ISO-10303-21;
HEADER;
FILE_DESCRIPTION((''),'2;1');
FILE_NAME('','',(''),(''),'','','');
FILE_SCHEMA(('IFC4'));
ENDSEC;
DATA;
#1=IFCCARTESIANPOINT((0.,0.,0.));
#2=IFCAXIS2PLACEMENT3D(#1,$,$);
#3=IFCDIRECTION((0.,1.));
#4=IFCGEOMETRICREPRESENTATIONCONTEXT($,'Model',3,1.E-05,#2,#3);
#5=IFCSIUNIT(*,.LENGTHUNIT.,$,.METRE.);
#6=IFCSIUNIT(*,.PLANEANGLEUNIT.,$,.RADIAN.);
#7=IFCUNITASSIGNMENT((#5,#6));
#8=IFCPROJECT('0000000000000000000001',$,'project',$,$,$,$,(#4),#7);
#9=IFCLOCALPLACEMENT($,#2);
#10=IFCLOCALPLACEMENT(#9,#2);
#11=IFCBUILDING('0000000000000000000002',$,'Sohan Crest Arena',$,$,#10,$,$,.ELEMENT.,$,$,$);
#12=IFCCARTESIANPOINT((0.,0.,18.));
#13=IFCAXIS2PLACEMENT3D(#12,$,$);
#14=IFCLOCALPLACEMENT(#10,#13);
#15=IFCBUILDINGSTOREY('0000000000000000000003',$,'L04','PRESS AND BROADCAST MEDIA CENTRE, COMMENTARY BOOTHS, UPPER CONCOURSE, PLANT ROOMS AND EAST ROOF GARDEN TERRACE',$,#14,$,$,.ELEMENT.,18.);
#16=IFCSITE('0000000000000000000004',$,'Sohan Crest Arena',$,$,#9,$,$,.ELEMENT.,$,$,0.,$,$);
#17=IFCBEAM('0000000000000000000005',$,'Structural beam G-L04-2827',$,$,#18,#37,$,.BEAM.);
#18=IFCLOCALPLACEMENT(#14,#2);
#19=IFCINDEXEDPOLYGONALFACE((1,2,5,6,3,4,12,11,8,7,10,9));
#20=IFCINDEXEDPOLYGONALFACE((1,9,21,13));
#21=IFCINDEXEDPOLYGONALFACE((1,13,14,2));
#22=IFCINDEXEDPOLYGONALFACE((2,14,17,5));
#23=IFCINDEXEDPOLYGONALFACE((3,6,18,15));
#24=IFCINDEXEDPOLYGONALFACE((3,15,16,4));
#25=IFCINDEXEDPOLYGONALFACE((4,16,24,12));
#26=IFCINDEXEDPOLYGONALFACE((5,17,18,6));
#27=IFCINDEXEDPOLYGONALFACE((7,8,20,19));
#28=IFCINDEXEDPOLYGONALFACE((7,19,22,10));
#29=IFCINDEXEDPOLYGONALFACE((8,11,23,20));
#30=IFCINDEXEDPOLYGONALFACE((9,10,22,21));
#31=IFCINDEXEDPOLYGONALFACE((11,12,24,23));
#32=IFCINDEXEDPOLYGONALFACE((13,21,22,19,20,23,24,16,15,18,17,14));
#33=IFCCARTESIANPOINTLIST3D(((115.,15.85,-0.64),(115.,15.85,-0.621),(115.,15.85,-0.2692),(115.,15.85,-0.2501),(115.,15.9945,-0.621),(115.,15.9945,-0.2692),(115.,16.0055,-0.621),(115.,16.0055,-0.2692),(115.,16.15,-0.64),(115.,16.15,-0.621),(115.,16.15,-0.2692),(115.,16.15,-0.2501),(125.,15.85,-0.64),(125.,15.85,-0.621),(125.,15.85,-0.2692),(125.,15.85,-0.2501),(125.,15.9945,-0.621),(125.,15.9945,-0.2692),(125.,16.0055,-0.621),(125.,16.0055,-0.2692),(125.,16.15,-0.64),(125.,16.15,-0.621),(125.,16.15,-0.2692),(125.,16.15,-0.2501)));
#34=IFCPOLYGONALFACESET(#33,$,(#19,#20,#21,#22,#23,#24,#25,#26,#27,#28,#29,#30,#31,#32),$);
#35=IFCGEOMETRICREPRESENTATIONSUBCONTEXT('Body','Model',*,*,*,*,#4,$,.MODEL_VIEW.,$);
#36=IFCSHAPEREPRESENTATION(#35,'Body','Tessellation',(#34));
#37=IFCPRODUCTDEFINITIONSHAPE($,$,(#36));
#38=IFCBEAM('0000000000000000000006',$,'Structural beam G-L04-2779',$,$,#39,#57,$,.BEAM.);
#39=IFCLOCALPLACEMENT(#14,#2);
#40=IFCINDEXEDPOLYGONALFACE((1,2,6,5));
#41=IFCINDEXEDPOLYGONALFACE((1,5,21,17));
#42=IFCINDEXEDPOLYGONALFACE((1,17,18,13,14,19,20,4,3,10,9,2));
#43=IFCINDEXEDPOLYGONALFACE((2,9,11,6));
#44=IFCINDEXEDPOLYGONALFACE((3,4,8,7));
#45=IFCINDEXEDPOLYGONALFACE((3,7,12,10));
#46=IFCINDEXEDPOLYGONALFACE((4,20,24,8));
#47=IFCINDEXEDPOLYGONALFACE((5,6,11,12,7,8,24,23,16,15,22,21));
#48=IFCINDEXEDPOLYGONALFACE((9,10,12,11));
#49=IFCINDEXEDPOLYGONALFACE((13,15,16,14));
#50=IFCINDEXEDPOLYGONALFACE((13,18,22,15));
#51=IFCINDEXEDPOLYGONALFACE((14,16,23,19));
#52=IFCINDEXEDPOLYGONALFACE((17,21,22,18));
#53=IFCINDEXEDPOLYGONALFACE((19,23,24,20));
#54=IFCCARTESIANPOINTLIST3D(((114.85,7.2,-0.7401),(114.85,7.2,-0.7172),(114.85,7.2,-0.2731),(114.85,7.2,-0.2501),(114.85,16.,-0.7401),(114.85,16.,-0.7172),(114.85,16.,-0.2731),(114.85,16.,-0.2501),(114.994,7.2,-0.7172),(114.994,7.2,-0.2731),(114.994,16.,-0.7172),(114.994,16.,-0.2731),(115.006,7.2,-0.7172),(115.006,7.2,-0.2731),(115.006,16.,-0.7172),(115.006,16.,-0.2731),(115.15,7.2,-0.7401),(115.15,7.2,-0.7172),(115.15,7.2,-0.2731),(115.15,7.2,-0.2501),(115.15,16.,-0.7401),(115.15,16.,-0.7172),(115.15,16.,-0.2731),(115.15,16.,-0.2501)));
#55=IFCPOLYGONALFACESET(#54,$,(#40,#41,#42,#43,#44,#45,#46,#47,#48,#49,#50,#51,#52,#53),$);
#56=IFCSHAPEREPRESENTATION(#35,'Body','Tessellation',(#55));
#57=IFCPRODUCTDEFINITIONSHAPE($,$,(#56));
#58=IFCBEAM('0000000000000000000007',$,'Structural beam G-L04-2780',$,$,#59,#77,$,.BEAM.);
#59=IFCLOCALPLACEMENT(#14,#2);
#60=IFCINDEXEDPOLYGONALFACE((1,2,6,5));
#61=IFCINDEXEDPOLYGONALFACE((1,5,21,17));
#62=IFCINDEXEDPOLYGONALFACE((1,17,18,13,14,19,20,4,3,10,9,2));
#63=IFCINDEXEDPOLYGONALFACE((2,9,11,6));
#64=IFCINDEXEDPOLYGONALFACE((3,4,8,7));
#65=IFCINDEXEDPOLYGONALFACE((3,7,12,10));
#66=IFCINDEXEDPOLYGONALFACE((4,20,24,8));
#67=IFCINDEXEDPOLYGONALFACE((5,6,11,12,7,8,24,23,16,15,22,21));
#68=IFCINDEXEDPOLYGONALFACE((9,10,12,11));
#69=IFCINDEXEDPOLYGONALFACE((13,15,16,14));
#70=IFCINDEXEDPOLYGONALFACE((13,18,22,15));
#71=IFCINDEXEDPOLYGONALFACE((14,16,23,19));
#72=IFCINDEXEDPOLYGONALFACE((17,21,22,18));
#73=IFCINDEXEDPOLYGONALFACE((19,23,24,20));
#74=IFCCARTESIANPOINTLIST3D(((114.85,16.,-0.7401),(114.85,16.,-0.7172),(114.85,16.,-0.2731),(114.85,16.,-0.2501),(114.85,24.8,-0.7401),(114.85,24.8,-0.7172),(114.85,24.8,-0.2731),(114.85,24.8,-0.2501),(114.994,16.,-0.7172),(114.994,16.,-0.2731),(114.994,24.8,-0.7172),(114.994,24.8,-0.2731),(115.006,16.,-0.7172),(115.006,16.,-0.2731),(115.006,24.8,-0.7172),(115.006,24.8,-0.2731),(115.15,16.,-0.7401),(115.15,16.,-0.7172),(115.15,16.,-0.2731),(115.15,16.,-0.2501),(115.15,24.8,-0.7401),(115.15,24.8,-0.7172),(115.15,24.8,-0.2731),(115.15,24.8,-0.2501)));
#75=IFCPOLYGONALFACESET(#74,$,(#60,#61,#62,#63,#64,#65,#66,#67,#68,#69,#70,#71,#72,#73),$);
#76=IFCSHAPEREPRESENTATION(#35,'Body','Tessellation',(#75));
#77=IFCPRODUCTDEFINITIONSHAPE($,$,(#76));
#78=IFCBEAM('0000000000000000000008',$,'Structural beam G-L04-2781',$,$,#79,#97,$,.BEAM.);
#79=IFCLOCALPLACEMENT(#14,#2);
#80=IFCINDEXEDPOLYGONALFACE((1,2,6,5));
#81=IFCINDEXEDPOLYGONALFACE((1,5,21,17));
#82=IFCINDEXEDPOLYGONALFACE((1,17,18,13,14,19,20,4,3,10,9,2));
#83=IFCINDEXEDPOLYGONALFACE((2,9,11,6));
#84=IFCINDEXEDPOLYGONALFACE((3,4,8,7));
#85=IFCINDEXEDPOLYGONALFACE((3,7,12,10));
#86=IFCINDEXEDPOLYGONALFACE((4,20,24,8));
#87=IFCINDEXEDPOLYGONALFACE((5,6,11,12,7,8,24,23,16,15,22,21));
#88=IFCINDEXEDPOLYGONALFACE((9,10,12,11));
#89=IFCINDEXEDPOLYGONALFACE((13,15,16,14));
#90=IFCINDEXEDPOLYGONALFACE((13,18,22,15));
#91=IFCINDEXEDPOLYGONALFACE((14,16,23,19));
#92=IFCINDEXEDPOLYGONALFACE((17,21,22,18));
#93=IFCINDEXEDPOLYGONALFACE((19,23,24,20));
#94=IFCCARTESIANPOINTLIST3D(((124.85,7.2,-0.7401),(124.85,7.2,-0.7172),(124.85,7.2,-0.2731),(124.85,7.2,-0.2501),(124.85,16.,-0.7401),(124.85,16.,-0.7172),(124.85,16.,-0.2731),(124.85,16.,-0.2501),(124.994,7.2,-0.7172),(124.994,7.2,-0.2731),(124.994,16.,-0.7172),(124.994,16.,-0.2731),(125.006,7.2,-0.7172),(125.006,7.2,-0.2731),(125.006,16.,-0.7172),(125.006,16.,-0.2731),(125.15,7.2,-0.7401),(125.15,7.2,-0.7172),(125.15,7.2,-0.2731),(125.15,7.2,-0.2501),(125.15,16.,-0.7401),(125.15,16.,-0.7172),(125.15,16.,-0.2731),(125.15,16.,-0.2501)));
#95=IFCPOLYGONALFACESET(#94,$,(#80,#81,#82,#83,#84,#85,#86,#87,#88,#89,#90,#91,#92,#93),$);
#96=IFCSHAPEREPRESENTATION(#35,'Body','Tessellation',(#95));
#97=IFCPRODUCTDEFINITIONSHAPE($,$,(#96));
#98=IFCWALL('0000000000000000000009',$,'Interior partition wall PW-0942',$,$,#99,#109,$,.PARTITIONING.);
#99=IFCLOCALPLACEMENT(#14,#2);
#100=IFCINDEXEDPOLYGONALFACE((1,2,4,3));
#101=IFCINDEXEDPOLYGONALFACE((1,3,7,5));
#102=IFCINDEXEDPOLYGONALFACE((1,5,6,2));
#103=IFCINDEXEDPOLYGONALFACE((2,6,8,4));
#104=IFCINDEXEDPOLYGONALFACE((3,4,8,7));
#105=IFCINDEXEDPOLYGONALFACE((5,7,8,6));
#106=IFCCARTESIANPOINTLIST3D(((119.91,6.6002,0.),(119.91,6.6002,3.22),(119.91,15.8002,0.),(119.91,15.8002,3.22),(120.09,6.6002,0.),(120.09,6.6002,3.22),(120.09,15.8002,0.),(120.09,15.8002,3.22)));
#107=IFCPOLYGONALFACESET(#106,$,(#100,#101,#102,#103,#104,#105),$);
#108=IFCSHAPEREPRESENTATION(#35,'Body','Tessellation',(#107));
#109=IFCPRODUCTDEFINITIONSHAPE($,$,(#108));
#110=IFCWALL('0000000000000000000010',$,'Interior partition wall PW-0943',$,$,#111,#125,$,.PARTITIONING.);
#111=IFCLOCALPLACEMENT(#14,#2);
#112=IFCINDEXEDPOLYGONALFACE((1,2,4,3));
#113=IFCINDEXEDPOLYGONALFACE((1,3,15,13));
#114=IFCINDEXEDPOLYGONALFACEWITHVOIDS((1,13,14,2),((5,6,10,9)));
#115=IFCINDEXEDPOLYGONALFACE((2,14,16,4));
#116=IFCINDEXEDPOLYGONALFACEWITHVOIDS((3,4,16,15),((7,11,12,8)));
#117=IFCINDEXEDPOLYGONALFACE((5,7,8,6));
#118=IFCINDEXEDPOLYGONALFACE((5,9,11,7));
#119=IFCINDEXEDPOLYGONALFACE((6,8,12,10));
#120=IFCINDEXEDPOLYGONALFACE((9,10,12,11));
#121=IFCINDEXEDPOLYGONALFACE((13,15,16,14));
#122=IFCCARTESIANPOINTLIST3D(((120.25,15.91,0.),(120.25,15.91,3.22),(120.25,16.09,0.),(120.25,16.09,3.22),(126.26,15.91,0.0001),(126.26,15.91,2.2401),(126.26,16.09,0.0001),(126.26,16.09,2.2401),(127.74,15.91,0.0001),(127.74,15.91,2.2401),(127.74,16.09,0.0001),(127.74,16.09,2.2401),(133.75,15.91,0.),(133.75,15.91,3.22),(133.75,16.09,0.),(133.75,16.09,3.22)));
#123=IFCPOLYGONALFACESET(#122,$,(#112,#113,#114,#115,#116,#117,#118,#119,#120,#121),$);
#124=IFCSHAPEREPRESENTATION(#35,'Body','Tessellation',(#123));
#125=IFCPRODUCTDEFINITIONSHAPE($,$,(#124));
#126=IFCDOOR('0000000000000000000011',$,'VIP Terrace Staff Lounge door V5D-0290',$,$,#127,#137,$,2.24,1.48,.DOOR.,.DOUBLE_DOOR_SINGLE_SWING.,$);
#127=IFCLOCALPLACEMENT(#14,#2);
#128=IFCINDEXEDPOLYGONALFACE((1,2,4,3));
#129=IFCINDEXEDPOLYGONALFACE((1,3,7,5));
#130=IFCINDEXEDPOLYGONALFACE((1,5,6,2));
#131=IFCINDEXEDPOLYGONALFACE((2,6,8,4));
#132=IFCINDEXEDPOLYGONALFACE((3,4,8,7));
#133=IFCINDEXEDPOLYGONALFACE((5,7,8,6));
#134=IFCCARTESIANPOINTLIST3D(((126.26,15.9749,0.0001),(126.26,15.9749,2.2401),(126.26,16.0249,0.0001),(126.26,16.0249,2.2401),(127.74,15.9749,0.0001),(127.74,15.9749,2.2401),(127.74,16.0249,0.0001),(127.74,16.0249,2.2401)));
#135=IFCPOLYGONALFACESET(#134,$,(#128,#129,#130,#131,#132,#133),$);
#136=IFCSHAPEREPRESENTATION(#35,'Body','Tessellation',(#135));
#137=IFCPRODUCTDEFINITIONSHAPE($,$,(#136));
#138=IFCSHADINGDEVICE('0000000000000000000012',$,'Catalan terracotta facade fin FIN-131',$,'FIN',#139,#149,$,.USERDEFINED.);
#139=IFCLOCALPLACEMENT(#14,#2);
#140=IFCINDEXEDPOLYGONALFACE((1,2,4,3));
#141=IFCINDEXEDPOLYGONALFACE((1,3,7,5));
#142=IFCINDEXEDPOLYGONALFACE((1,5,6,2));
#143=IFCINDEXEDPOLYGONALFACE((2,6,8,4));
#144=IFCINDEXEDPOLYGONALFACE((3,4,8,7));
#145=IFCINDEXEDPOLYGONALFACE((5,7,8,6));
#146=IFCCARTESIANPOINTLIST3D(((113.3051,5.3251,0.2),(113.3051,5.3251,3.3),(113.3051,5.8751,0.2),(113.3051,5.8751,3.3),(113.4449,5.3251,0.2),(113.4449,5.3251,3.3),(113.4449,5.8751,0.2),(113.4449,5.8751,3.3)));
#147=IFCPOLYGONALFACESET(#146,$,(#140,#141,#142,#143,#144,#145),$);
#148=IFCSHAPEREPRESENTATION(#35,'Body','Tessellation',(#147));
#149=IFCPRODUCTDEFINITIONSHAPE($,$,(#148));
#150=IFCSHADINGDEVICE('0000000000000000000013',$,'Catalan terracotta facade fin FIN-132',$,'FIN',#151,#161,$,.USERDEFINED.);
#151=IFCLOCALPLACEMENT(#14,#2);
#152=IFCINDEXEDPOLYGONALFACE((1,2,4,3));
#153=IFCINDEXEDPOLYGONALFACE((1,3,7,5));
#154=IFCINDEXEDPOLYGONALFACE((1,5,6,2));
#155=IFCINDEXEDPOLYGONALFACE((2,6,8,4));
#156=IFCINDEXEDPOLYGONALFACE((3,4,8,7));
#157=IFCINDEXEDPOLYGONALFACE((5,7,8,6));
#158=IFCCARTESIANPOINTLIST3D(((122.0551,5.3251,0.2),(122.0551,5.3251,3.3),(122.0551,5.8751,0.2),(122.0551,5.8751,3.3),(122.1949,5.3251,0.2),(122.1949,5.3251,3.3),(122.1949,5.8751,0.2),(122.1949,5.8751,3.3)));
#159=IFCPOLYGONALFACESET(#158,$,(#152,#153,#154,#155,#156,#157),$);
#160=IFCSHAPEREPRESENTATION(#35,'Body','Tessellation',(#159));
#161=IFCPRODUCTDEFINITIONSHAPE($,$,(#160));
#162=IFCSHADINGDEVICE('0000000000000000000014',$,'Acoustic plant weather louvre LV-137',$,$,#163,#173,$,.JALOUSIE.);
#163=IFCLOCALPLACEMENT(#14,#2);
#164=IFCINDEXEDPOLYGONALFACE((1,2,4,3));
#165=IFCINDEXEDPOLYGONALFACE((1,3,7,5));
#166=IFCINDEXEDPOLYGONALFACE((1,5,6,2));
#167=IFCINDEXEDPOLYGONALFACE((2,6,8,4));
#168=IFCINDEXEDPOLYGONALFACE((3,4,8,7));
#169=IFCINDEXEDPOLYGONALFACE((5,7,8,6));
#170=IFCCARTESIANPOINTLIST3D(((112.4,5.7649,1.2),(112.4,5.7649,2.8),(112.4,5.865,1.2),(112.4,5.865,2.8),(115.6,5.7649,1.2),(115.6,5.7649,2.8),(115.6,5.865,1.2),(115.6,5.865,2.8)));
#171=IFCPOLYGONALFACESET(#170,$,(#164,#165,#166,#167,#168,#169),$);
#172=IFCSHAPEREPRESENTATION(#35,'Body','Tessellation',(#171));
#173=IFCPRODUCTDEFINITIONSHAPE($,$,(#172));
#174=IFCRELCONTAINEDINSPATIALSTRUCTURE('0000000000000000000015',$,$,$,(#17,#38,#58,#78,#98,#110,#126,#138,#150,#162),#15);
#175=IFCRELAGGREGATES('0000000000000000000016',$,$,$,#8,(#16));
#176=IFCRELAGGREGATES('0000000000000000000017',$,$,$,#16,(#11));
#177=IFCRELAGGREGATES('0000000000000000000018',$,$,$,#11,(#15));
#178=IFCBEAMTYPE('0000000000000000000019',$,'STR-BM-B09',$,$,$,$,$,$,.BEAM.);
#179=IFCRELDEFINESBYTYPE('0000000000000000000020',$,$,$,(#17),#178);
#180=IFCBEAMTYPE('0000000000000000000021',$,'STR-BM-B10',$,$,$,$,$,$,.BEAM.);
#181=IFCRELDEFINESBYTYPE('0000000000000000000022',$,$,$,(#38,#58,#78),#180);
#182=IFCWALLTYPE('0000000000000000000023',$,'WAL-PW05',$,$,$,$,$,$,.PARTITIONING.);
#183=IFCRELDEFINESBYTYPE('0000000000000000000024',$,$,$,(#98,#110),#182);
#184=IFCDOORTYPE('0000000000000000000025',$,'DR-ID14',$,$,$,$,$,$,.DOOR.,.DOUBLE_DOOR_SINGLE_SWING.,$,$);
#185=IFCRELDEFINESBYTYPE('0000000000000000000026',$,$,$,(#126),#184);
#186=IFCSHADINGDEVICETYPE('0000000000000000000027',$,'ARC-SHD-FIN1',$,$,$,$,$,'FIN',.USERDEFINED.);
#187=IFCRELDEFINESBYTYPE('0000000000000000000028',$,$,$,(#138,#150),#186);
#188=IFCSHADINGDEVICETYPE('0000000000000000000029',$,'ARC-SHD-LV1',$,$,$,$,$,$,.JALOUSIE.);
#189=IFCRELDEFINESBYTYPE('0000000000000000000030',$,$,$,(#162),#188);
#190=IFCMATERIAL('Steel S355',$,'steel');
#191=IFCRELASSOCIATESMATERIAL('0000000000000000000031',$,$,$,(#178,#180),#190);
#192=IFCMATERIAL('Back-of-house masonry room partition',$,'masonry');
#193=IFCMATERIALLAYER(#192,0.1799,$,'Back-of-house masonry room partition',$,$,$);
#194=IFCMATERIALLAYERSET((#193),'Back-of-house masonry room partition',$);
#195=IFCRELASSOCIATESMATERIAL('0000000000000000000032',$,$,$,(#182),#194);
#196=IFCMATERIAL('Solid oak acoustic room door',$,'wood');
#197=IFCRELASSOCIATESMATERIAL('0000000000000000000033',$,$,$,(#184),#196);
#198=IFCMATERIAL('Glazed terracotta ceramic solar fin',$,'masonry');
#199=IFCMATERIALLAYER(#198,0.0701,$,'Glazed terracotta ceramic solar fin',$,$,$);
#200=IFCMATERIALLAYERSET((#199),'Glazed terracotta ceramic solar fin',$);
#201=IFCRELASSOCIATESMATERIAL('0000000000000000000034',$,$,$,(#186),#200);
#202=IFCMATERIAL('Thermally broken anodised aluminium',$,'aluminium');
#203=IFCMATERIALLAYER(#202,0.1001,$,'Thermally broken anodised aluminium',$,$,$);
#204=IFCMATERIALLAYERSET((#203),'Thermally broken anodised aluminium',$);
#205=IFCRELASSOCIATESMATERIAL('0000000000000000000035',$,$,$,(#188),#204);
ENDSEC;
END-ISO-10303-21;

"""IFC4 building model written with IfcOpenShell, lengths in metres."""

from ifc_helpers import new_model, si_unit, direction, frame, frame_2d, origin, origin_2d, place, context, subcontext, project, spatial, rectangle, i_section, extrude, material, layer, layer_set, material_profile, profile_set, type_object, element, fill, save


model = new_model("IFC4")

# Units and contexts
model_context = context("Model", 3, precision=1e-05, world=origin(), true_north=direction((0.0, 1.0)))
body_context = subcontext(model_context, "Body", "Model", "MODEL_VIEW")
ifc_project = project(units=[si_unit("LENGTHUNIT", "METRE"), si_unit("PLANEANGLEUNIT", "RADIAN")], contexts=[model_context])

# Site, building, storey
site_placement = place(None, origin())
site = spatial("IfcSite", under=ifc_project, at=site_placement, Name="Sohan Crest Arena", CompositionType="ELEMENT", RefElevation=0.0)
building_placement = place(site_placement, origin())
building = spatial("IfcBuilding", under=site, at=building_placement, Name="Sohan Crest Arena", CompositionType="ELEMENT")
storey_placement = place(building_placement, frame((0.0, 0.0, 18.0)))
storey = spatial("IfcBuildingStorey", under=building, at=storey_placement, Name="L04", Description="PRESS AND BROADCAST MEDIA CENTRE, COMMENTARY BOOTHS, UPPER CONCOURSE, PLANT ROOMS AND EAST ROOF GARDEN TERRACE", CompositionType="ELEMENT", Elevation=18.0)

# Shared definitions
ifc_material_1 = material(Name="Steel S355", Category="steel")

# Beams
ifc_material_profile_1 = material_profile(ifc_material_1, i_section(OverallWidth=0.3, OverallDepth=0.3899, WebThickness=0.011, FlangeThickness=0.019, at=origin_2d()), Name="HEA 400")
ifc_profile_set_1 = profile_set([ifc_material_profile_1], Name="Steel S355")
beam_type_1 = type_object("IfcBeamType", Name="STR-BM-B09", PredefinedType="BEAM", material=ifc_profile_set_1)
beam_1_placement = place(storey_placement, frame((115.0, 16.0, -0.4451), z_axis=(1.0, 0.0, 0.0), x_axis=(0.0, 1.0, 0.0)))
element("IfcBeam", 1, at=beam_1_placement, inside=storey, type_object=beam_type_1, Name="Structural beam G-L04-2827", PredefinedType="BEAM", context=body_context, shape_type="SweptSolid", body=[
    extrude(i_section(OverallWidth=0.3, OverallDepth=0.3899, WebThickness=0.011, FlangeThickness=0.019, at=origin_2d()), origin(), (0.0, 0.0, 1.0), 10.0),
])
ifc_material_profile_2 = material_profile(ifc_material_1, i_section(OverallWidth=0.3, OverallDepth=0.49, WebThickness=0.012, FlangeThickness=0.0229, at=origin_2d()), Name="HEA 500")
ifc_profile_set_2 = profile_set([ifc_material_profile_2], Name="Steel S355")
beam_type_2 = type_object("IfcBeamType", Name="STR-BM-B10", PredefinedType="BEAM", material=ifc_profile_set_2)
for number, where, z_axis, x_axis, name in (
    (2, (115.0, 7.2, -0.4951), (0.0, 1.0, 0.0), (-1.0, 0.0, 0.0), "Structural beam G-L04-2779"),
    (3, (115.0, 16.0, -0.4951), (0.0, 1.0, 0.0), (-1.0, 0.0, 0.0), "Structural beam G-L04-2780"),
    (4, (125.0, 7.2, -0.4951), (0.0, 1.0, 0.0), (-1.0, 0.0, 0.0), "Structural beam G-L04-2781"),
):
    element("IfcBeam", number, at=place(storey_placement, frame(where, z_axis=z_axis, x_axis=x_axis)), inside=storey, type_object=beam_type_2, Name=name, PredefinedType="BEAM", context=body_context, shape_type="SweptSolid", body=[
        extrude(i_section(OverallWidth=0.3, OverallDepth=0.49, WebThickness=0.012, FlangeThickness=0.0229, at=origin_2d()), origin(), (0.0, 0.0, 1.0), 8.8),
    ])

# Wall
ifc_material_2 = material(Name="Back-of-house masonry room partition", Category="masonry")
ifc_layer_1 = layer(ifc_material_2, 0.1799, Name="Back-of-house masonry room partition")
ifc_layer_set_1 = layer_set([ifc_layer_1], Name="Back-of-house masonry room partition")
wall_type = type_object("IfcWallType", Name="WAL-PW05", PredefinedType="PARTITIONING", material=ifc_layer_set_1)
wall_1_placement = place(storey_placement, frame((120.0, 6.6001, 0.0), z_axis=(0.0, 0.0, 1.0), x_axis=(0.0, 1.0, 0.0)))
element("IfcWall", 5, at=wall_1_placement, inside=storey, type_object=wall_type, Name="Interior partition wall PW-0942", PredefinedType="PARTITIONING", context=body_context, shape_type="SweptSolid", body=[
    extrude(rectangle(XDim=9.2, YDim=0.1799, at=frame_2d((4.6001, 0.0))), origin(), (0.0, 0.0, 1.0), 3.22),
])

# Wall, opening, door
wall_2_placement = place(storey_placement, frame((120.25, 16.0, 0.0), z_axis=(0.0, 0.0, 1.0), x_axis=(1.0, 0.0, 0.0)))
wall_2 = element("IfcWall", 6, at=wall_2_placement, inside=storey, type_object=wall_type, Name="Interior partition wall PW-0943", PredefinedType="PARTITIONING", context=body_context, shape_type="SweptSolid", body=[
    extrude(rectangle(XDim=13.5, YDim=0.1799, at=frame_2d((6.75, 0.0))), origin(), (0.0, 0.0, 1.0), 3.22),
])
opening_placement = place(wall_2_placement, frame((6.01, 0.0, 0.0)))
opening = element("IfcOpeningElement", 7, at=opening_placement, cuts=wall_2, PredefinedType="OPENING", context=body_context, shape_type="SweptSolid", body=[
    extrude(rectangle(XDim=1.48, YDim=2.24, at=frame_2d((0.74, 1.1201))), frame((0.0, 0.0999, 0.0), z_axis=(0.0, -1.0, 0.0), x_axis=(1.0, 0.0, 0.0)), (0.0, 0.0, 1.0), 0.2),
])
ifc_material_3 = material(Name="Solid oak acoustic room door", Category="wood")
door_type = type_object("IfcDoorType", Name="DR-ID14", OperationType="DOUBLE_DOOR_SINGLE_SWING", PredefinedType="DOOR", material=ifc_material_3)
door_placement = place(opening_placement, origin())
door = element("IfcDoor", 8, at=door_placement, inside=storey, type_object=door_type, Name="VIP Terrace Staff Lounge door V5D-0290", OperationType="DOUBLE_DOOR_SINGLE_SWING", OverallHeight=2.24, OverallWidth=1.48, PredefinedType="DOOR", context=body_context, shape_type="SweptSolid", body=[
    extrude(rectangle(XDim=1.48, YDim=2.24, at=frame_2d((0.74, 1.1201))), frame((0.0, 0.0249, 0.0), z_axis=(0.0, -1.0, 0.0), x_axis=(1.0, 0.0, 0.0)), (0.0, 0.0, 1.0), 0.05),
])
fill(opening, door)

# Shading devices
ifc_material_4 = material(Name="Glazed terracotta ceramic solar fin", Category="masonry")
ifc_layer_2 = layer(ifc_material_4, 0.0701, Name="Glazed terracotta ceramic solar fin")
ifc_layer_set_2 = layer_set([ifc_layer_2], Name="Glazed terracotta ceramic solar fin")
shading_device_type_1 = type_object("IfcShadingDeviceType", Name="ARC-SHD-FIN1", ElementType="FIN", PredefinedType="USERDEFINED", material=ifc_layer_set_2)
for number, where, z_axis, x_axis, name in (
    (9, (113.375, 5.6001, 0.2), (0.0, 0.0, 1.0), (1.0, 0.0, 0.0), "Catalan terracotta facade fin FIN-131"),
    (10, (122.125, 5.6001, 0.2), (0.0, 0.0, 1.0), (1.0, 0.0, 0.0), "Catalan terracotta facade fin FIN-132"),
):
    element("IfcShadingDevice", number, at=place(storey_placement, frame(where, z_axis=z_axis, x_axis=x_axis)), inside=storey, type_object=shading_device_type_1, Name=name, ObjectType="FIN", PredefinedType="USERDEFINED", context=body_context, shape_type="SweptSolid", body=[
        extrude(rectangle(XDim=0.1399, YDim=0.55, at=origin_2d()), origin(), (0.0, 0.0, 1.0), 3.1001),
    ])
ifc_material_5 = material(Name="Thermally broken anodised aluminium", Category="aluminium")
ifc_layer_3 = layer(ifc_material_5, 0.1001, Name="Thermally broken anodised aluminium")
ifc_layer_set_3 = layer_set([ifc_layer_3], Name="Thermally broken anodised aluminium")
shading_device_type_2 = type_object("IfcShadingDeviceType", Name="ARC-SHD-LV1", PredefinedType="JALOUSIE", material=ifc_layer_set_3)
shading_device_placement = place(storey_placement, frame((114.0, 5.8149, 1.2), z_axis=(0.0, 0.0, 1.0), x_axis=(1.0, 0.0, 0.0)))
element("IfcShadingDevice", 11, at=shading_device_placement, inside=storey, type_object=shading_device_type_2, Name="Acoustic plant weather louvre LV-137", PredefinedType="JALOUSIE", context=body_context, shape_type="SweptSolid", body=[
    extrude(rectangle(XDim=3.2, YDim=0.1001, at=origin_2d()), origin(), (0.0, 0.0, 1.0), 1.6001),
])

save(model, "model.ifc")
